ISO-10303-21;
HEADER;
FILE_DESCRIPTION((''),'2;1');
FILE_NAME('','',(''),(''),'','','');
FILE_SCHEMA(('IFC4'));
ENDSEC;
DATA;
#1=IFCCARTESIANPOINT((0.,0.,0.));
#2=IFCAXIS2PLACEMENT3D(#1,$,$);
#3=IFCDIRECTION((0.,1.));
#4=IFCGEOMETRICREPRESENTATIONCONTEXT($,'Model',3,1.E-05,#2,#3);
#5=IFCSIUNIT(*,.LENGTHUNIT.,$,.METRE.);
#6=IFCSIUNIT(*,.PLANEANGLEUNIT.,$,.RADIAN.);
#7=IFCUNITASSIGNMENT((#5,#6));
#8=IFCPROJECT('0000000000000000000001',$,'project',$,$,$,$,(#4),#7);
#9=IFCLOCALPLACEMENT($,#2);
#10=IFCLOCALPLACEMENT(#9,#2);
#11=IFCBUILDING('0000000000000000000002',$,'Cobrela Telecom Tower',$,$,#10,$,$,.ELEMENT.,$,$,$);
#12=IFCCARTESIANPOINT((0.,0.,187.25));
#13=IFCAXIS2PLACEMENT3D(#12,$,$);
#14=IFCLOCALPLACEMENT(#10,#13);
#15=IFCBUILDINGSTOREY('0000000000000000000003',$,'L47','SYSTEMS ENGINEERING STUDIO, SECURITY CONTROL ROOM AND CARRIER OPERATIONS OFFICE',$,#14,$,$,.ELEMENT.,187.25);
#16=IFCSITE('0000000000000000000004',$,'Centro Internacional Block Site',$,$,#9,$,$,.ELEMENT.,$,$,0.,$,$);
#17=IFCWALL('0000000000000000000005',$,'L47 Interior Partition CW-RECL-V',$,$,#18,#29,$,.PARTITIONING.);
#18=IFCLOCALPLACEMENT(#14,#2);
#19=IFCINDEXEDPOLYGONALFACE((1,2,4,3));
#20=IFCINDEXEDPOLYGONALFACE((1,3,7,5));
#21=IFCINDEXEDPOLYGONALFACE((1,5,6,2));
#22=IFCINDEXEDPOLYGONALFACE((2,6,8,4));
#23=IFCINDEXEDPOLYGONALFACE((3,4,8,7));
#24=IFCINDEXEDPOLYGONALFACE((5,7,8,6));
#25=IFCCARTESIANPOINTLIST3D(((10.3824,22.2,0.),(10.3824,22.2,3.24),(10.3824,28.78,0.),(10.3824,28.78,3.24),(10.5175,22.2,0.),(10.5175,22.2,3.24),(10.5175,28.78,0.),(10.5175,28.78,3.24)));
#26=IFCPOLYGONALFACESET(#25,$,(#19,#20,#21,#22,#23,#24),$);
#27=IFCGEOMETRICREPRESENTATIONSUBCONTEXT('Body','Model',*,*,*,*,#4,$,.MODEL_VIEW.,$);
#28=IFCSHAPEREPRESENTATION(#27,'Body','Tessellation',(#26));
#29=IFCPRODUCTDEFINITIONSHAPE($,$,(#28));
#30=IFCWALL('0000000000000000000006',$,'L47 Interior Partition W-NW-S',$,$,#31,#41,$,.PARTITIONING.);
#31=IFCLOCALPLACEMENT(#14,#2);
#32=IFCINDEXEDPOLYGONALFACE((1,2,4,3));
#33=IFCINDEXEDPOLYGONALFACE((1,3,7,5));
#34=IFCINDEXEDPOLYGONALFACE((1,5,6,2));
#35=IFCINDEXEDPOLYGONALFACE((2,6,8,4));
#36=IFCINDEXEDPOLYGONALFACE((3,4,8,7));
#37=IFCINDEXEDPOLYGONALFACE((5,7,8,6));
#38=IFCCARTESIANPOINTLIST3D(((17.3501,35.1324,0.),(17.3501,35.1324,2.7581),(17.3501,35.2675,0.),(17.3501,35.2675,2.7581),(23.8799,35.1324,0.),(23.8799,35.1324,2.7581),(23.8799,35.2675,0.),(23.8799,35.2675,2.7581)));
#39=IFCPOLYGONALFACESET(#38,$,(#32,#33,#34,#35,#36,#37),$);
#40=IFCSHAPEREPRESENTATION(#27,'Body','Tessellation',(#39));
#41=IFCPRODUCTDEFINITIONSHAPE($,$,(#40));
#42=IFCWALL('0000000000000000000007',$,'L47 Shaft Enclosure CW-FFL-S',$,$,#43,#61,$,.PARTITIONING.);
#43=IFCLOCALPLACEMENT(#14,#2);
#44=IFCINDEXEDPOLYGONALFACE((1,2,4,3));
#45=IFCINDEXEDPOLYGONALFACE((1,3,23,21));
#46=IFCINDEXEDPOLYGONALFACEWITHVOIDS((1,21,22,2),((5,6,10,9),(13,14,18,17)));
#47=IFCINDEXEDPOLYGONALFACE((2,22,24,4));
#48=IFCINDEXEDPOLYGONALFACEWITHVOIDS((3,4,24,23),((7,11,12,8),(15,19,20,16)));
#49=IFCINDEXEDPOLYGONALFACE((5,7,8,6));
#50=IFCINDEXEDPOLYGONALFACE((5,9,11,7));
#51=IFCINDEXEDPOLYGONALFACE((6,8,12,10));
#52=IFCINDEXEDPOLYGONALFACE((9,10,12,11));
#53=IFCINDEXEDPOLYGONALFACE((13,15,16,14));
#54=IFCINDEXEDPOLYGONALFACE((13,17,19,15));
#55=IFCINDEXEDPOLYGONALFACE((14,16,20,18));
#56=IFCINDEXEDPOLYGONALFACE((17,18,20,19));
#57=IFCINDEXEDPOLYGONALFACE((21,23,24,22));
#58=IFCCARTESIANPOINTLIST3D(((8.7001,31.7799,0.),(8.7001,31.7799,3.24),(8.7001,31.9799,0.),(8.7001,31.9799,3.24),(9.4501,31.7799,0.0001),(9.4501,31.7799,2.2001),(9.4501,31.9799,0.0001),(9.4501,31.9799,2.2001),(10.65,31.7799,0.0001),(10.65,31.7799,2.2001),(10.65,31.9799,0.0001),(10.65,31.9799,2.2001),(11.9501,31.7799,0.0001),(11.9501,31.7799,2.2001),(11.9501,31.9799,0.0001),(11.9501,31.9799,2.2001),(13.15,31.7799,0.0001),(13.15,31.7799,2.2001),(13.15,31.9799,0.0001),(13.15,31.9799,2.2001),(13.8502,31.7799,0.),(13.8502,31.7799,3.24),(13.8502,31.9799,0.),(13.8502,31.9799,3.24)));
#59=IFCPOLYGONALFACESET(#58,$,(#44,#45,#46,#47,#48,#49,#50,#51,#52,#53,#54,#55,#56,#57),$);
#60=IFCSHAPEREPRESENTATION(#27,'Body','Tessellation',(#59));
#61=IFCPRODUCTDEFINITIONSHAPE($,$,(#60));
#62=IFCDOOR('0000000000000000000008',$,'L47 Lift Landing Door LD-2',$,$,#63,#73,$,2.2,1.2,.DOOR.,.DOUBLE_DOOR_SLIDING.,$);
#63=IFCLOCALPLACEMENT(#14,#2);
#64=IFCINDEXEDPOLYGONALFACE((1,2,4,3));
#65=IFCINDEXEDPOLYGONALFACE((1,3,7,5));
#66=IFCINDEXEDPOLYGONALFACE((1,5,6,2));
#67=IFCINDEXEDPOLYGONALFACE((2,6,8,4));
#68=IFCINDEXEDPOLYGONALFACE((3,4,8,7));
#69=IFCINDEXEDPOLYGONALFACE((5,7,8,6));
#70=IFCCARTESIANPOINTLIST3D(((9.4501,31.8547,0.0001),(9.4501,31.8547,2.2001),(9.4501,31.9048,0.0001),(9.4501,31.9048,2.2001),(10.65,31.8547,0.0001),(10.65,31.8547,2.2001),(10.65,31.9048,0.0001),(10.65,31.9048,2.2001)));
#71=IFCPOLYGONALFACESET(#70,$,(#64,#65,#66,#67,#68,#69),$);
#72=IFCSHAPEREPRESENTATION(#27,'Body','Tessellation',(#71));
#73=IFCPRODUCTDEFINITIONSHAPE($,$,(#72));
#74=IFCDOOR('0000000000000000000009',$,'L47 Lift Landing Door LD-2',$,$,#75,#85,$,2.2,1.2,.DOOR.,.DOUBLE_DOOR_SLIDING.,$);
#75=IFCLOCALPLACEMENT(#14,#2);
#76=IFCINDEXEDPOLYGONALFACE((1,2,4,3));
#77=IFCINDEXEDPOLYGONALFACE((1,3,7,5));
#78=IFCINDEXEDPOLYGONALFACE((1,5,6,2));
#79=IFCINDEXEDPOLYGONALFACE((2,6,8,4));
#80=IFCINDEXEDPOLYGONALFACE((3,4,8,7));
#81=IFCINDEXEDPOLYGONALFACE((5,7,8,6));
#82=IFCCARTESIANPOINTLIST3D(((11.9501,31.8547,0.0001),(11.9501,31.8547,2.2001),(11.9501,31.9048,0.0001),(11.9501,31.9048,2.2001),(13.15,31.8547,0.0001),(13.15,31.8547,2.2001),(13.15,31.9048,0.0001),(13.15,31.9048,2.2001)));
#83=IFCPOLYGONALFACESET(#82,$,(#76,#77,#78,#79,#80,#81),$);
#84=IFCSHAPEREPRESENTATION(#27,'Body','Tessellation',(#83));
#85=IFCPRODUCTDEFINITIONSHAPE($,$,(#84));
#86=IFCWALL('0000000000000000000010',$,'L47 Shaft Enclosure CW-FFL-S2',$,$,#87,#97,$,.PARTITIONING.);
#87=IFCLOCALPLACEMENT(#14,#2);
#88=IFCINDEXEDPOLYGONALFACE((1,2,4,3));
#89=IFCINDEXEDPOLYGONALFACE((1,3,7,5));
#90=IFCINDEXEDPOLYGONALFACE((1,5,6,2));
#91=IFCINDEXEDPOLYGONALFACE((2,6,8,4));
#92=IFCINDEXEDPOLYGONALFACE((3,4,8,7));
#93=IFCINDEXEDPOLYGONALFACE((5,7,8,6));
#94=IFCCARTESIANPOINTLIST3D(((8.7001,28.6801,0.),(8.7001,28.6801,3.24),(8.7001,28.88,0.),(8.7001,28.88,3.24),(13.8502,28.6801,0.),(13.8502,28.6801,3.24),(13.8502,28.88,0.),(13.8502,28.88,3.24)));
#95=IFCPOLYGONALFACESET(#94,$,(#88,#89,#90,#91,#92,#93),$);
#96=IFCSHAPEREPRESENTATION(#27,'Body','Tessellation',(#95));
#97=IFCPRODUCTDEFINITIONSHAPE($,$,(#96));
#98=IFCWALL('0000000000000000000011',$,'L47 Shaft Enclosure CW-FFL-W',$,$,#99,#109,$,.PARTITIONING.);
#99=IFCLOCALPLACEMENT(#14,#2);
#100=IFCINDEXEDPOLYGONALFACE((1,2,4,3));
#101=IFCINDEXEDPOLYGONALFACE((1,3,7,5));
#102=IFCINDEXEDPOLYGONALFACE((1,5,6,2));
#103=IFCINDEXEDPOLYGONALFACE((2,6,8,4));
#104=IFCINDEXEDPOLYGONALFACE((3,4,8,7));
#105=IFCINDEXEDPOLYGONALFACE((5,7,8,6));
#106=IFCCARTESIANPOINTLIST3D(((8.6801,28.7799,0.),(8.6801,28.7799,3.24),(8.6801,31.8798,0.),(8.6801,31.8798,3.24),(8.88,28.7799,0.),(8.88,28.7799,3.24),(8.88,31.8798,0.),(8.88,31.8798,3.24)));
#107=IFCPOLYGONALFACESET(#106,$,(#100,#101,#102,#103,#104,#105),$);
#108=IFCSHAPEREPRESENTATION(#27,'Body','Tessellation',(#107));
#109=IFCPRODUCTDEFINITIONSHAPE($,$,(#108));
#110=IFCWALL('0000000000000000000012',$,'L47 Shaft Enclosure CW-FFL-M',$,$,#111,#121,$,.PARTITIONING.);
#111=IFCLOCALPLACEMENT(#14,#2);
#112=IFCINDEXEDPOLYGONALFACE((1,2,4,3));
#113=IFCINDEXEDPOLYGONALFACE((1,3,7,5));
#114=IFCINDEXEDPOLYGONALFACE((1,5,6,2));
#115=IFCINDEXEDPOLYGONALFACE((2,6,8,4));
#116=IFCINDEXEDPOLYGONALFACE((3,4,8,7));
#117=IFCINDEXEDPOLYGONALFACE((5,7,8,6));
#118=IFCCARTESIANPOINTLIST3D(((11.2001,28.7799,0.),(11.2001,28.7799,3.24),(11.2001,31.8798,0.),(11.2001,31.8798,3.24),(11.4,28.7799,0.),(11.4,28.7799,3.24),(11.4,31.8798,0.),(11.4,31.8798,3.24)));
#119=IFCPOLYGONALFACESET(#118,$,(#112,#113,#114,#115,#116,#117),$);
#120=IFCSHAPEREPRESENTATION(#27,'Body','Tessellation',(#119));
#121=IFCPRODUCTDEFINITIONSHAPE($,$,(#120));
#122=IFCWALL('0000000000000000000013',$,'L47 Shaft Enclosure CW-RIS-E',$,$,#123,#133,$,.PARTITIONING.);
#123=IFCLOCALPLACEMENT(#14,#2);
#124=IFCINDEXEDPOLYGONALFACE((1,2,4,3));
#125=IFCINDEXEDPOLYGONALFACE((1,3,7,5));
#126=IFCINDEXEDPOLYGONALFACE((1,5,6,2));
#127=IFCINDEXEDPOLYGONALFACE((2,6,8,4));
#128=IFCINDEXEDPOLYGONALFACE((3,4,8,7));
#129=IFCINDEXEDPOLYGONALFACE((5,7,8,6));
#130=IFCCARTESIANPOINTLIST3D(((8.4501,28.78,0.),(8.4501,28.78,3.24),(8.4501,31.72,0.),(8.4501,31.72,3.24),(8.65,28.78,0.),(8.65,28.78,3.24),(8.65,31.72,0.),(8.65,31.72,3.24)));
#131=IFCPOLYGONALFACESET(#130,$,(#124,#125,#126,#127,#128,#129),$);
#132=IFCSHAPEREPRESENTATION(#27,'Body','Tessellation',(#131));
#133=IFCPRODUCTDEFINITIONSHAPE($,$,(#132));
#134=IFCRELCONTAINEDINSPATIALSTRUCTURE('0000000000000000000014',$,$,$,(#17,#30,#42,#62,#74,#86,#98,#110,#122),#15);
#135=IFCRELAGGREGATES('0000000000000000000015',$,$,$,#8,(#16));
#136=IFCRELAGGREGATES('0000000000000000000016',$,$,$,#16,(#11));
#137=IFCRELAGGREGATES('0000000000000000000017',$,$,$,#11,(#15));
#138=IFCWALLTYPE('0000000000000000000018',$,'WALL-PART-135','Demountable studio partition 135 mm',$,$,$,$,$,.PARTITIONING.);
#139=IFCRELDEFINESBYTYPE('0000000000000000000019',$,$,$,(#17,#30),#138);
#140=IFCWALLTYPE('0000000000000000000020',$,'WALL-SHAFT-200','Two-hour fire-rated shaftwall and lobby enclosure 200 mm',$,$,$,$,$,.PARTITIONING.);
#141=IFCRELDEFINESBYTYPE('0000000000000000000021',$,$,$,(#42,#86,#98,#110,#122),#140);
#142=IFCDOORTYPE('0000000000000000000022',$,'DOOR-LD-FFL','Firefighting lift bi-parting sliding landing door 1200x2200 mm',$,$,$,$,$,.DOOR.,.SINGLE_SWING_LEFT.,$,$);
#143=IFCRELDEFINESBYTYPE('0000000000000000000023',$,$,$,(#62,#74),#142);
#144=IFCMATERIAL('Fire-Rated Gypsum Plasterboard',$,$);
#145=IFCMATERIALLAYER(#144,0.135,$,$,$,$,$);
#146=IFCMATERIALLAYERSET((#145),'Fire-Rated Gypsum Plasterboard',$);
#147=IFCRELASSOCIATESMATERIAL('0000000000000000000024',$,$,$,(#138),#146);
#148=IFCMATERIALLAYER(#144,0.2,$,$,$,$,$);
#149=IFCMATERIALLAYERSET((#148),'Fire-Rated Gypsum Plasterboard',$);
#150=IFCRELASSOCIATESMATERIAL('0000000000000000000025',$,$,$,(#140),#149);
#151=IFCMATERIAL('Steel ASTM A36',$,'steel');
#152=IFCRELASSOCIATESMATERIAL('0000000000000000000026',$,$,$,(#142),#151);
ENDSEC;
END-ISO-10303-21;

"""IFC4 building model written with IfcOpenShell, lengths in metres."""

from ifc_helpers import new_model, si_unit, direction, frame, frame_2d, origin, place, context, subcontext, project, spatial, rectangle, extrude, material, layer, layer_set, type_object, element, fill, save


model = new_model("IFC4")

# Units and contexts
model_context = context("Model", 3, precision=1e-05, world=origin(), true_north=direction((0.0, 1.0)))
body_context = subcontext(model_context, "Body", "Model", "MODEL_VIEW")
ifc_project = project(units=[si_unit("LENGTHUNIT", "METRE"), si_unit("PLANEANGLEUNIT", "RADIAN")], contexts=[model_context])

# Site, building, storey
site_placement = place(None, origin())
site = spatial("IfcSite", under=ifc_project, at=site_placement, Name="Centro Internacional Block Site", CompositionType="ELEMENT", RefElevation=0.0)
building_placement = place(site_placement, origin())
building = spatial("IfcBuilding", under=site, at=building_placement, Name="Cobrela Telecom Tower", CompositionType="ELEMENT")
storey_placement = place(building_placement, frame((0.0, 0.0, 187.25)))
storey = spatial("IfcBuildingStorey", under=building, at=storey_placement, Name="L47", Description="SYSTEMS ENGINEERING STUDIO, SECURITY CONTROL ROOM AND CARRIER OPERATIONS OFFICE", CompositionType="ELEMENT", Elevation=187.25)

# Shared definitions
ifc_material_1 = material(Name="Steel ASTM A36", Category="steel")

# Walls
ifc_material_2 = material(Name="Fire-Rated Gypsum Plasterboard")
ifc_layer_1 = layer(ifc_material_2, 0.135)
ifc_layer_set_1 = layer_set([ifc_layer_1], Name="Fire-Rated Gypsum Plasterboard")
wall_type_1 = type_object("IfcWallType", Name="WALL-PART-135", Description="Demountable studio partition 135 mm", PredefinedType="PARTITIONING", material=ifc_layer_set_1)
wall_1_placement = place(storey_placement, frame((10.45, 22.2, 0.0), z_axis=(0.0, 0.0, 1.0), x_axis=(0.0, 1.0, 0.0)))
element("IfcWall", 1, at=wall_1_placement, inside=storey, type_object=wall_type_1, Name="L47 Interior Partition CW-RECL-V", PredefinedType="PARTITIONING", context=body_context, shape_type="SweptSolid", body=[
    extrude(rectangle(XDim=6.5801, YDim=0.135, at=frame_2d((3.29, 0.0))), origin(), (0.0, 0.0, 1.0), 3.24),
])
wall_2_placement = place(storey_placement, frame((17.3501, 35.2, 0.0), z_axis=(0.0, 0.0, 1.0), x_axis=(1.0, 0.0, 0.0)))
element("IfcWall", 2, at=wall_2_placement, inside=storey, type_object=wall_type_1, Name="L47 Interior Partition W-NW-S", PredefinedType="PARTITIONING", context=body_context, shape_type="SweptSolid", body=[
    extrude(rectangle(XDim=6.5298, YDim=0.135, at=frame_2d((3.2649, 0.0))), origin(), (0.0, 0.0, 1.0), 2.7581),
])

# Wall, openings, doors
ifc_layer_2 = layer(ifc_material_2, 0.2)
ifc_layer_set_2 = layer_set([ifc_layer_2], Name="Fire-Rated Gypsum Plasterboard")
wall_type_2 = type_object("IfcWallType", Name="WALL-SHAFT-200", Description="Two-hour fire-rated shaftwall and lobby enclosure 200 mm", PredefinedType="PARTITIONING", material=ifc_layer_set_2)
wall_3_placement = place(storey_placement, frame((8.7, 31.8799, 0.0), z_axis=(0.0, 0.0, 1.0), x_axis=(1.0, 0.0, 0.0)))
wall_3 = element("IfcWall", 3, at=wall_3_placement, inside=storey, type_object=wall_type_2, Name="L47 Shaft Enclosure CW-FFL-S", PredefinedType="PARTITIONING", context=body_context, shape_type="SweptSolid", body=[
    extrude(rectangle(XDim=5.1501, YDim=0.2, at=frame_2d((2.5752, 0.0))), origin(), (0.0, 0.0, 1.0), 3.24),
])
opening_1_placement = place(wall_3_placement, frame((0.75, 0.0, 0.0)))
opening_1 = element("IfcOpeningElement", 4, at=opening_1_placement, cuts=wall_3, PredefinedType="OPENING", context=body_context, shape_type="SweptSolid", body=[
    extrude(rectangle(XDim=1.2, YDim=2.2, at=frame_2d((0.6001, 1.1001))), frame((0.0, 0.1118, 0.0), z_axis=(0.0, -1.0, 0.0), x_axis=(1.0, 0.0, 0.0)), (0.0, 0.0, 1.0), 0.2239),
])
opening_2_placement = place(wall_3_placement, frame((3.25, 0.0, 0.0)))
opening_2 = element("IfcOpeningElement", 5, at=opening_2_placement, cuts=wall_3, PredefinedType="OPENING", context=body_context, shape_type="SweptSolid", body=[
    extrude(rectangle(XDim=1.2, YDim=2.2, at=frame_2d((0.6001, 1.1001))), frame((0.0, 0.1118, 0.0), z_axis=(0.0, -1.0, 0.0), x_axis=(1.0, 0.0, 0.0)), (0.0, 0.0, 1.0), 0.2239),
])
door_type_1 = type_object("IfcDoorType", Name="DOOR-LD-FFL", Description="Firefighting lift bi-parting sliding landing door 1200x2200 mm", OperationType="SINGLE_SWING_LEFT", PredefinedType="DOOR", material=ifc_material_1)
door_1_placement = place(opening_1_placement, origin())
door_1 = element("IfcDoor", 6, at=door_1_placement, inside=storey, type_object=door_type_1, Name="L47 Lift Landing Door LD-2", OperationType="DOUBLE_DOOR_SLIDING", OverallHeight=2.2, OverallWidth=1.2, PredefinedType="DOOR", context=body_context, shape_type="SweptSolid", body=[
    extrude(rectangle(XDim=1.2, YDim=2.2, at=frame_2d((0.6001, 1.1001))), frame((0.0, 0.0249, 0.0), z_axis=(0.0, -1.0, 0.0), x_axis=(1.0, 0.0, 0.0)), (0.0, 0.0, 1.0), 0.05),
])
fill(opening_1, door_1)
door_2_placement = place(opening_2_placement, origin())
door_2 = element("IfcDoor", 7, at=door_2_placement, inside=storey, type_object=door_type_1, Name="L47 Lift Landing Door LD-2", OperationType="DOUBLE_DOOR_SLIDING", OverallHeight=2.2, OverallWidth=1.2, PredefinedType="DOOR", context=body_context, shape_type="SweptSolid", body=[
    extrude(rectangle(XDim=1.2, YDim=2.2, at=frame_2d((0.6001, 1.1001))), frame((0.0, 0.0249, 0.0), z_axis=(0.0, -1.0, 0.0), x_axis=(1.0, 0.0, 0.0)), (0.0, 0.0, 1.0), 0.05),
])
fill(opening_2, door_2)

# Walls
wall_4_placement = place(storey_placement, frame((8.7, 28.78, 0.0), z_axis=(0.0, 0.0, 1.0), x_axis=(1.0, 0.0, 0.0)))
element("IfcWall", 8, at=wall_4_placement, inside=storey, type_object=wall_type_2, Name="L47 Shaft Enclosure CW-FFL-S2", PredefinedType="PARTITIONING", context=body_context, shape_type="SweptSolid", body=[
    extrude(rectangle(XDim=5.1501, YDim=0.2, at=frame_2d((2.5752, 0.0))), origin(), (0.0, 0.0, 1.0), 3.24),
])
for number, where, z_axis, x_axis, name in (
    (9, (8.78, 28.78, 0.0), (0.0, 0.0, 1.0), (0.0, 1.0, 0.0), "L47 Shaft Enclosure CW-FFL-W"),
    (10, (11.3, 28.78, 0.0), (0.0, 0.0, 1.0), (0.0, 1.0, 0.0), "L47 Shaft Enclosure CW-FFL-M"),
):
    element("IfcWall", number, at=place(storey_placement, frame(where, z_axis=z_axis, x_axis=x_axis)), inside=storey, type_object=wall_type_2, Name=name, PredefinedType="PARTITIONING", context=body_context, shape_type="SweptSolid", body=[
        extrude(rectangle(XDim=3.0999, YDim=0.2, at=frame_2d((1.5498, 0.0))), origin(), (0.0, 0.0, 1.0), 3.24),
    ])
wall_5_placement = place(storey_placement, frame((8.55, 28.78, 0.0), z_axis=(0.0, 0.0, 1.0), x_axis=(0.0, 1.0, 0.0)))
element("IfcWall", 11, at=wall_5_placement, inside=storey, type_object=wall_type_2, Name="L47 Shaft Enclosure CW-RIS-E", PredefinedType="PARTITIONING", context=body_context, shape_type="SweptSolid", body=[
    extrude(rectangle(XDim=2.9399, YDim=0.2, at=frame_2d((1.47, 0.0))), origin(), (0.0, 0.0, 1.0), 3.24),
])

save(model, "model.ifc")
